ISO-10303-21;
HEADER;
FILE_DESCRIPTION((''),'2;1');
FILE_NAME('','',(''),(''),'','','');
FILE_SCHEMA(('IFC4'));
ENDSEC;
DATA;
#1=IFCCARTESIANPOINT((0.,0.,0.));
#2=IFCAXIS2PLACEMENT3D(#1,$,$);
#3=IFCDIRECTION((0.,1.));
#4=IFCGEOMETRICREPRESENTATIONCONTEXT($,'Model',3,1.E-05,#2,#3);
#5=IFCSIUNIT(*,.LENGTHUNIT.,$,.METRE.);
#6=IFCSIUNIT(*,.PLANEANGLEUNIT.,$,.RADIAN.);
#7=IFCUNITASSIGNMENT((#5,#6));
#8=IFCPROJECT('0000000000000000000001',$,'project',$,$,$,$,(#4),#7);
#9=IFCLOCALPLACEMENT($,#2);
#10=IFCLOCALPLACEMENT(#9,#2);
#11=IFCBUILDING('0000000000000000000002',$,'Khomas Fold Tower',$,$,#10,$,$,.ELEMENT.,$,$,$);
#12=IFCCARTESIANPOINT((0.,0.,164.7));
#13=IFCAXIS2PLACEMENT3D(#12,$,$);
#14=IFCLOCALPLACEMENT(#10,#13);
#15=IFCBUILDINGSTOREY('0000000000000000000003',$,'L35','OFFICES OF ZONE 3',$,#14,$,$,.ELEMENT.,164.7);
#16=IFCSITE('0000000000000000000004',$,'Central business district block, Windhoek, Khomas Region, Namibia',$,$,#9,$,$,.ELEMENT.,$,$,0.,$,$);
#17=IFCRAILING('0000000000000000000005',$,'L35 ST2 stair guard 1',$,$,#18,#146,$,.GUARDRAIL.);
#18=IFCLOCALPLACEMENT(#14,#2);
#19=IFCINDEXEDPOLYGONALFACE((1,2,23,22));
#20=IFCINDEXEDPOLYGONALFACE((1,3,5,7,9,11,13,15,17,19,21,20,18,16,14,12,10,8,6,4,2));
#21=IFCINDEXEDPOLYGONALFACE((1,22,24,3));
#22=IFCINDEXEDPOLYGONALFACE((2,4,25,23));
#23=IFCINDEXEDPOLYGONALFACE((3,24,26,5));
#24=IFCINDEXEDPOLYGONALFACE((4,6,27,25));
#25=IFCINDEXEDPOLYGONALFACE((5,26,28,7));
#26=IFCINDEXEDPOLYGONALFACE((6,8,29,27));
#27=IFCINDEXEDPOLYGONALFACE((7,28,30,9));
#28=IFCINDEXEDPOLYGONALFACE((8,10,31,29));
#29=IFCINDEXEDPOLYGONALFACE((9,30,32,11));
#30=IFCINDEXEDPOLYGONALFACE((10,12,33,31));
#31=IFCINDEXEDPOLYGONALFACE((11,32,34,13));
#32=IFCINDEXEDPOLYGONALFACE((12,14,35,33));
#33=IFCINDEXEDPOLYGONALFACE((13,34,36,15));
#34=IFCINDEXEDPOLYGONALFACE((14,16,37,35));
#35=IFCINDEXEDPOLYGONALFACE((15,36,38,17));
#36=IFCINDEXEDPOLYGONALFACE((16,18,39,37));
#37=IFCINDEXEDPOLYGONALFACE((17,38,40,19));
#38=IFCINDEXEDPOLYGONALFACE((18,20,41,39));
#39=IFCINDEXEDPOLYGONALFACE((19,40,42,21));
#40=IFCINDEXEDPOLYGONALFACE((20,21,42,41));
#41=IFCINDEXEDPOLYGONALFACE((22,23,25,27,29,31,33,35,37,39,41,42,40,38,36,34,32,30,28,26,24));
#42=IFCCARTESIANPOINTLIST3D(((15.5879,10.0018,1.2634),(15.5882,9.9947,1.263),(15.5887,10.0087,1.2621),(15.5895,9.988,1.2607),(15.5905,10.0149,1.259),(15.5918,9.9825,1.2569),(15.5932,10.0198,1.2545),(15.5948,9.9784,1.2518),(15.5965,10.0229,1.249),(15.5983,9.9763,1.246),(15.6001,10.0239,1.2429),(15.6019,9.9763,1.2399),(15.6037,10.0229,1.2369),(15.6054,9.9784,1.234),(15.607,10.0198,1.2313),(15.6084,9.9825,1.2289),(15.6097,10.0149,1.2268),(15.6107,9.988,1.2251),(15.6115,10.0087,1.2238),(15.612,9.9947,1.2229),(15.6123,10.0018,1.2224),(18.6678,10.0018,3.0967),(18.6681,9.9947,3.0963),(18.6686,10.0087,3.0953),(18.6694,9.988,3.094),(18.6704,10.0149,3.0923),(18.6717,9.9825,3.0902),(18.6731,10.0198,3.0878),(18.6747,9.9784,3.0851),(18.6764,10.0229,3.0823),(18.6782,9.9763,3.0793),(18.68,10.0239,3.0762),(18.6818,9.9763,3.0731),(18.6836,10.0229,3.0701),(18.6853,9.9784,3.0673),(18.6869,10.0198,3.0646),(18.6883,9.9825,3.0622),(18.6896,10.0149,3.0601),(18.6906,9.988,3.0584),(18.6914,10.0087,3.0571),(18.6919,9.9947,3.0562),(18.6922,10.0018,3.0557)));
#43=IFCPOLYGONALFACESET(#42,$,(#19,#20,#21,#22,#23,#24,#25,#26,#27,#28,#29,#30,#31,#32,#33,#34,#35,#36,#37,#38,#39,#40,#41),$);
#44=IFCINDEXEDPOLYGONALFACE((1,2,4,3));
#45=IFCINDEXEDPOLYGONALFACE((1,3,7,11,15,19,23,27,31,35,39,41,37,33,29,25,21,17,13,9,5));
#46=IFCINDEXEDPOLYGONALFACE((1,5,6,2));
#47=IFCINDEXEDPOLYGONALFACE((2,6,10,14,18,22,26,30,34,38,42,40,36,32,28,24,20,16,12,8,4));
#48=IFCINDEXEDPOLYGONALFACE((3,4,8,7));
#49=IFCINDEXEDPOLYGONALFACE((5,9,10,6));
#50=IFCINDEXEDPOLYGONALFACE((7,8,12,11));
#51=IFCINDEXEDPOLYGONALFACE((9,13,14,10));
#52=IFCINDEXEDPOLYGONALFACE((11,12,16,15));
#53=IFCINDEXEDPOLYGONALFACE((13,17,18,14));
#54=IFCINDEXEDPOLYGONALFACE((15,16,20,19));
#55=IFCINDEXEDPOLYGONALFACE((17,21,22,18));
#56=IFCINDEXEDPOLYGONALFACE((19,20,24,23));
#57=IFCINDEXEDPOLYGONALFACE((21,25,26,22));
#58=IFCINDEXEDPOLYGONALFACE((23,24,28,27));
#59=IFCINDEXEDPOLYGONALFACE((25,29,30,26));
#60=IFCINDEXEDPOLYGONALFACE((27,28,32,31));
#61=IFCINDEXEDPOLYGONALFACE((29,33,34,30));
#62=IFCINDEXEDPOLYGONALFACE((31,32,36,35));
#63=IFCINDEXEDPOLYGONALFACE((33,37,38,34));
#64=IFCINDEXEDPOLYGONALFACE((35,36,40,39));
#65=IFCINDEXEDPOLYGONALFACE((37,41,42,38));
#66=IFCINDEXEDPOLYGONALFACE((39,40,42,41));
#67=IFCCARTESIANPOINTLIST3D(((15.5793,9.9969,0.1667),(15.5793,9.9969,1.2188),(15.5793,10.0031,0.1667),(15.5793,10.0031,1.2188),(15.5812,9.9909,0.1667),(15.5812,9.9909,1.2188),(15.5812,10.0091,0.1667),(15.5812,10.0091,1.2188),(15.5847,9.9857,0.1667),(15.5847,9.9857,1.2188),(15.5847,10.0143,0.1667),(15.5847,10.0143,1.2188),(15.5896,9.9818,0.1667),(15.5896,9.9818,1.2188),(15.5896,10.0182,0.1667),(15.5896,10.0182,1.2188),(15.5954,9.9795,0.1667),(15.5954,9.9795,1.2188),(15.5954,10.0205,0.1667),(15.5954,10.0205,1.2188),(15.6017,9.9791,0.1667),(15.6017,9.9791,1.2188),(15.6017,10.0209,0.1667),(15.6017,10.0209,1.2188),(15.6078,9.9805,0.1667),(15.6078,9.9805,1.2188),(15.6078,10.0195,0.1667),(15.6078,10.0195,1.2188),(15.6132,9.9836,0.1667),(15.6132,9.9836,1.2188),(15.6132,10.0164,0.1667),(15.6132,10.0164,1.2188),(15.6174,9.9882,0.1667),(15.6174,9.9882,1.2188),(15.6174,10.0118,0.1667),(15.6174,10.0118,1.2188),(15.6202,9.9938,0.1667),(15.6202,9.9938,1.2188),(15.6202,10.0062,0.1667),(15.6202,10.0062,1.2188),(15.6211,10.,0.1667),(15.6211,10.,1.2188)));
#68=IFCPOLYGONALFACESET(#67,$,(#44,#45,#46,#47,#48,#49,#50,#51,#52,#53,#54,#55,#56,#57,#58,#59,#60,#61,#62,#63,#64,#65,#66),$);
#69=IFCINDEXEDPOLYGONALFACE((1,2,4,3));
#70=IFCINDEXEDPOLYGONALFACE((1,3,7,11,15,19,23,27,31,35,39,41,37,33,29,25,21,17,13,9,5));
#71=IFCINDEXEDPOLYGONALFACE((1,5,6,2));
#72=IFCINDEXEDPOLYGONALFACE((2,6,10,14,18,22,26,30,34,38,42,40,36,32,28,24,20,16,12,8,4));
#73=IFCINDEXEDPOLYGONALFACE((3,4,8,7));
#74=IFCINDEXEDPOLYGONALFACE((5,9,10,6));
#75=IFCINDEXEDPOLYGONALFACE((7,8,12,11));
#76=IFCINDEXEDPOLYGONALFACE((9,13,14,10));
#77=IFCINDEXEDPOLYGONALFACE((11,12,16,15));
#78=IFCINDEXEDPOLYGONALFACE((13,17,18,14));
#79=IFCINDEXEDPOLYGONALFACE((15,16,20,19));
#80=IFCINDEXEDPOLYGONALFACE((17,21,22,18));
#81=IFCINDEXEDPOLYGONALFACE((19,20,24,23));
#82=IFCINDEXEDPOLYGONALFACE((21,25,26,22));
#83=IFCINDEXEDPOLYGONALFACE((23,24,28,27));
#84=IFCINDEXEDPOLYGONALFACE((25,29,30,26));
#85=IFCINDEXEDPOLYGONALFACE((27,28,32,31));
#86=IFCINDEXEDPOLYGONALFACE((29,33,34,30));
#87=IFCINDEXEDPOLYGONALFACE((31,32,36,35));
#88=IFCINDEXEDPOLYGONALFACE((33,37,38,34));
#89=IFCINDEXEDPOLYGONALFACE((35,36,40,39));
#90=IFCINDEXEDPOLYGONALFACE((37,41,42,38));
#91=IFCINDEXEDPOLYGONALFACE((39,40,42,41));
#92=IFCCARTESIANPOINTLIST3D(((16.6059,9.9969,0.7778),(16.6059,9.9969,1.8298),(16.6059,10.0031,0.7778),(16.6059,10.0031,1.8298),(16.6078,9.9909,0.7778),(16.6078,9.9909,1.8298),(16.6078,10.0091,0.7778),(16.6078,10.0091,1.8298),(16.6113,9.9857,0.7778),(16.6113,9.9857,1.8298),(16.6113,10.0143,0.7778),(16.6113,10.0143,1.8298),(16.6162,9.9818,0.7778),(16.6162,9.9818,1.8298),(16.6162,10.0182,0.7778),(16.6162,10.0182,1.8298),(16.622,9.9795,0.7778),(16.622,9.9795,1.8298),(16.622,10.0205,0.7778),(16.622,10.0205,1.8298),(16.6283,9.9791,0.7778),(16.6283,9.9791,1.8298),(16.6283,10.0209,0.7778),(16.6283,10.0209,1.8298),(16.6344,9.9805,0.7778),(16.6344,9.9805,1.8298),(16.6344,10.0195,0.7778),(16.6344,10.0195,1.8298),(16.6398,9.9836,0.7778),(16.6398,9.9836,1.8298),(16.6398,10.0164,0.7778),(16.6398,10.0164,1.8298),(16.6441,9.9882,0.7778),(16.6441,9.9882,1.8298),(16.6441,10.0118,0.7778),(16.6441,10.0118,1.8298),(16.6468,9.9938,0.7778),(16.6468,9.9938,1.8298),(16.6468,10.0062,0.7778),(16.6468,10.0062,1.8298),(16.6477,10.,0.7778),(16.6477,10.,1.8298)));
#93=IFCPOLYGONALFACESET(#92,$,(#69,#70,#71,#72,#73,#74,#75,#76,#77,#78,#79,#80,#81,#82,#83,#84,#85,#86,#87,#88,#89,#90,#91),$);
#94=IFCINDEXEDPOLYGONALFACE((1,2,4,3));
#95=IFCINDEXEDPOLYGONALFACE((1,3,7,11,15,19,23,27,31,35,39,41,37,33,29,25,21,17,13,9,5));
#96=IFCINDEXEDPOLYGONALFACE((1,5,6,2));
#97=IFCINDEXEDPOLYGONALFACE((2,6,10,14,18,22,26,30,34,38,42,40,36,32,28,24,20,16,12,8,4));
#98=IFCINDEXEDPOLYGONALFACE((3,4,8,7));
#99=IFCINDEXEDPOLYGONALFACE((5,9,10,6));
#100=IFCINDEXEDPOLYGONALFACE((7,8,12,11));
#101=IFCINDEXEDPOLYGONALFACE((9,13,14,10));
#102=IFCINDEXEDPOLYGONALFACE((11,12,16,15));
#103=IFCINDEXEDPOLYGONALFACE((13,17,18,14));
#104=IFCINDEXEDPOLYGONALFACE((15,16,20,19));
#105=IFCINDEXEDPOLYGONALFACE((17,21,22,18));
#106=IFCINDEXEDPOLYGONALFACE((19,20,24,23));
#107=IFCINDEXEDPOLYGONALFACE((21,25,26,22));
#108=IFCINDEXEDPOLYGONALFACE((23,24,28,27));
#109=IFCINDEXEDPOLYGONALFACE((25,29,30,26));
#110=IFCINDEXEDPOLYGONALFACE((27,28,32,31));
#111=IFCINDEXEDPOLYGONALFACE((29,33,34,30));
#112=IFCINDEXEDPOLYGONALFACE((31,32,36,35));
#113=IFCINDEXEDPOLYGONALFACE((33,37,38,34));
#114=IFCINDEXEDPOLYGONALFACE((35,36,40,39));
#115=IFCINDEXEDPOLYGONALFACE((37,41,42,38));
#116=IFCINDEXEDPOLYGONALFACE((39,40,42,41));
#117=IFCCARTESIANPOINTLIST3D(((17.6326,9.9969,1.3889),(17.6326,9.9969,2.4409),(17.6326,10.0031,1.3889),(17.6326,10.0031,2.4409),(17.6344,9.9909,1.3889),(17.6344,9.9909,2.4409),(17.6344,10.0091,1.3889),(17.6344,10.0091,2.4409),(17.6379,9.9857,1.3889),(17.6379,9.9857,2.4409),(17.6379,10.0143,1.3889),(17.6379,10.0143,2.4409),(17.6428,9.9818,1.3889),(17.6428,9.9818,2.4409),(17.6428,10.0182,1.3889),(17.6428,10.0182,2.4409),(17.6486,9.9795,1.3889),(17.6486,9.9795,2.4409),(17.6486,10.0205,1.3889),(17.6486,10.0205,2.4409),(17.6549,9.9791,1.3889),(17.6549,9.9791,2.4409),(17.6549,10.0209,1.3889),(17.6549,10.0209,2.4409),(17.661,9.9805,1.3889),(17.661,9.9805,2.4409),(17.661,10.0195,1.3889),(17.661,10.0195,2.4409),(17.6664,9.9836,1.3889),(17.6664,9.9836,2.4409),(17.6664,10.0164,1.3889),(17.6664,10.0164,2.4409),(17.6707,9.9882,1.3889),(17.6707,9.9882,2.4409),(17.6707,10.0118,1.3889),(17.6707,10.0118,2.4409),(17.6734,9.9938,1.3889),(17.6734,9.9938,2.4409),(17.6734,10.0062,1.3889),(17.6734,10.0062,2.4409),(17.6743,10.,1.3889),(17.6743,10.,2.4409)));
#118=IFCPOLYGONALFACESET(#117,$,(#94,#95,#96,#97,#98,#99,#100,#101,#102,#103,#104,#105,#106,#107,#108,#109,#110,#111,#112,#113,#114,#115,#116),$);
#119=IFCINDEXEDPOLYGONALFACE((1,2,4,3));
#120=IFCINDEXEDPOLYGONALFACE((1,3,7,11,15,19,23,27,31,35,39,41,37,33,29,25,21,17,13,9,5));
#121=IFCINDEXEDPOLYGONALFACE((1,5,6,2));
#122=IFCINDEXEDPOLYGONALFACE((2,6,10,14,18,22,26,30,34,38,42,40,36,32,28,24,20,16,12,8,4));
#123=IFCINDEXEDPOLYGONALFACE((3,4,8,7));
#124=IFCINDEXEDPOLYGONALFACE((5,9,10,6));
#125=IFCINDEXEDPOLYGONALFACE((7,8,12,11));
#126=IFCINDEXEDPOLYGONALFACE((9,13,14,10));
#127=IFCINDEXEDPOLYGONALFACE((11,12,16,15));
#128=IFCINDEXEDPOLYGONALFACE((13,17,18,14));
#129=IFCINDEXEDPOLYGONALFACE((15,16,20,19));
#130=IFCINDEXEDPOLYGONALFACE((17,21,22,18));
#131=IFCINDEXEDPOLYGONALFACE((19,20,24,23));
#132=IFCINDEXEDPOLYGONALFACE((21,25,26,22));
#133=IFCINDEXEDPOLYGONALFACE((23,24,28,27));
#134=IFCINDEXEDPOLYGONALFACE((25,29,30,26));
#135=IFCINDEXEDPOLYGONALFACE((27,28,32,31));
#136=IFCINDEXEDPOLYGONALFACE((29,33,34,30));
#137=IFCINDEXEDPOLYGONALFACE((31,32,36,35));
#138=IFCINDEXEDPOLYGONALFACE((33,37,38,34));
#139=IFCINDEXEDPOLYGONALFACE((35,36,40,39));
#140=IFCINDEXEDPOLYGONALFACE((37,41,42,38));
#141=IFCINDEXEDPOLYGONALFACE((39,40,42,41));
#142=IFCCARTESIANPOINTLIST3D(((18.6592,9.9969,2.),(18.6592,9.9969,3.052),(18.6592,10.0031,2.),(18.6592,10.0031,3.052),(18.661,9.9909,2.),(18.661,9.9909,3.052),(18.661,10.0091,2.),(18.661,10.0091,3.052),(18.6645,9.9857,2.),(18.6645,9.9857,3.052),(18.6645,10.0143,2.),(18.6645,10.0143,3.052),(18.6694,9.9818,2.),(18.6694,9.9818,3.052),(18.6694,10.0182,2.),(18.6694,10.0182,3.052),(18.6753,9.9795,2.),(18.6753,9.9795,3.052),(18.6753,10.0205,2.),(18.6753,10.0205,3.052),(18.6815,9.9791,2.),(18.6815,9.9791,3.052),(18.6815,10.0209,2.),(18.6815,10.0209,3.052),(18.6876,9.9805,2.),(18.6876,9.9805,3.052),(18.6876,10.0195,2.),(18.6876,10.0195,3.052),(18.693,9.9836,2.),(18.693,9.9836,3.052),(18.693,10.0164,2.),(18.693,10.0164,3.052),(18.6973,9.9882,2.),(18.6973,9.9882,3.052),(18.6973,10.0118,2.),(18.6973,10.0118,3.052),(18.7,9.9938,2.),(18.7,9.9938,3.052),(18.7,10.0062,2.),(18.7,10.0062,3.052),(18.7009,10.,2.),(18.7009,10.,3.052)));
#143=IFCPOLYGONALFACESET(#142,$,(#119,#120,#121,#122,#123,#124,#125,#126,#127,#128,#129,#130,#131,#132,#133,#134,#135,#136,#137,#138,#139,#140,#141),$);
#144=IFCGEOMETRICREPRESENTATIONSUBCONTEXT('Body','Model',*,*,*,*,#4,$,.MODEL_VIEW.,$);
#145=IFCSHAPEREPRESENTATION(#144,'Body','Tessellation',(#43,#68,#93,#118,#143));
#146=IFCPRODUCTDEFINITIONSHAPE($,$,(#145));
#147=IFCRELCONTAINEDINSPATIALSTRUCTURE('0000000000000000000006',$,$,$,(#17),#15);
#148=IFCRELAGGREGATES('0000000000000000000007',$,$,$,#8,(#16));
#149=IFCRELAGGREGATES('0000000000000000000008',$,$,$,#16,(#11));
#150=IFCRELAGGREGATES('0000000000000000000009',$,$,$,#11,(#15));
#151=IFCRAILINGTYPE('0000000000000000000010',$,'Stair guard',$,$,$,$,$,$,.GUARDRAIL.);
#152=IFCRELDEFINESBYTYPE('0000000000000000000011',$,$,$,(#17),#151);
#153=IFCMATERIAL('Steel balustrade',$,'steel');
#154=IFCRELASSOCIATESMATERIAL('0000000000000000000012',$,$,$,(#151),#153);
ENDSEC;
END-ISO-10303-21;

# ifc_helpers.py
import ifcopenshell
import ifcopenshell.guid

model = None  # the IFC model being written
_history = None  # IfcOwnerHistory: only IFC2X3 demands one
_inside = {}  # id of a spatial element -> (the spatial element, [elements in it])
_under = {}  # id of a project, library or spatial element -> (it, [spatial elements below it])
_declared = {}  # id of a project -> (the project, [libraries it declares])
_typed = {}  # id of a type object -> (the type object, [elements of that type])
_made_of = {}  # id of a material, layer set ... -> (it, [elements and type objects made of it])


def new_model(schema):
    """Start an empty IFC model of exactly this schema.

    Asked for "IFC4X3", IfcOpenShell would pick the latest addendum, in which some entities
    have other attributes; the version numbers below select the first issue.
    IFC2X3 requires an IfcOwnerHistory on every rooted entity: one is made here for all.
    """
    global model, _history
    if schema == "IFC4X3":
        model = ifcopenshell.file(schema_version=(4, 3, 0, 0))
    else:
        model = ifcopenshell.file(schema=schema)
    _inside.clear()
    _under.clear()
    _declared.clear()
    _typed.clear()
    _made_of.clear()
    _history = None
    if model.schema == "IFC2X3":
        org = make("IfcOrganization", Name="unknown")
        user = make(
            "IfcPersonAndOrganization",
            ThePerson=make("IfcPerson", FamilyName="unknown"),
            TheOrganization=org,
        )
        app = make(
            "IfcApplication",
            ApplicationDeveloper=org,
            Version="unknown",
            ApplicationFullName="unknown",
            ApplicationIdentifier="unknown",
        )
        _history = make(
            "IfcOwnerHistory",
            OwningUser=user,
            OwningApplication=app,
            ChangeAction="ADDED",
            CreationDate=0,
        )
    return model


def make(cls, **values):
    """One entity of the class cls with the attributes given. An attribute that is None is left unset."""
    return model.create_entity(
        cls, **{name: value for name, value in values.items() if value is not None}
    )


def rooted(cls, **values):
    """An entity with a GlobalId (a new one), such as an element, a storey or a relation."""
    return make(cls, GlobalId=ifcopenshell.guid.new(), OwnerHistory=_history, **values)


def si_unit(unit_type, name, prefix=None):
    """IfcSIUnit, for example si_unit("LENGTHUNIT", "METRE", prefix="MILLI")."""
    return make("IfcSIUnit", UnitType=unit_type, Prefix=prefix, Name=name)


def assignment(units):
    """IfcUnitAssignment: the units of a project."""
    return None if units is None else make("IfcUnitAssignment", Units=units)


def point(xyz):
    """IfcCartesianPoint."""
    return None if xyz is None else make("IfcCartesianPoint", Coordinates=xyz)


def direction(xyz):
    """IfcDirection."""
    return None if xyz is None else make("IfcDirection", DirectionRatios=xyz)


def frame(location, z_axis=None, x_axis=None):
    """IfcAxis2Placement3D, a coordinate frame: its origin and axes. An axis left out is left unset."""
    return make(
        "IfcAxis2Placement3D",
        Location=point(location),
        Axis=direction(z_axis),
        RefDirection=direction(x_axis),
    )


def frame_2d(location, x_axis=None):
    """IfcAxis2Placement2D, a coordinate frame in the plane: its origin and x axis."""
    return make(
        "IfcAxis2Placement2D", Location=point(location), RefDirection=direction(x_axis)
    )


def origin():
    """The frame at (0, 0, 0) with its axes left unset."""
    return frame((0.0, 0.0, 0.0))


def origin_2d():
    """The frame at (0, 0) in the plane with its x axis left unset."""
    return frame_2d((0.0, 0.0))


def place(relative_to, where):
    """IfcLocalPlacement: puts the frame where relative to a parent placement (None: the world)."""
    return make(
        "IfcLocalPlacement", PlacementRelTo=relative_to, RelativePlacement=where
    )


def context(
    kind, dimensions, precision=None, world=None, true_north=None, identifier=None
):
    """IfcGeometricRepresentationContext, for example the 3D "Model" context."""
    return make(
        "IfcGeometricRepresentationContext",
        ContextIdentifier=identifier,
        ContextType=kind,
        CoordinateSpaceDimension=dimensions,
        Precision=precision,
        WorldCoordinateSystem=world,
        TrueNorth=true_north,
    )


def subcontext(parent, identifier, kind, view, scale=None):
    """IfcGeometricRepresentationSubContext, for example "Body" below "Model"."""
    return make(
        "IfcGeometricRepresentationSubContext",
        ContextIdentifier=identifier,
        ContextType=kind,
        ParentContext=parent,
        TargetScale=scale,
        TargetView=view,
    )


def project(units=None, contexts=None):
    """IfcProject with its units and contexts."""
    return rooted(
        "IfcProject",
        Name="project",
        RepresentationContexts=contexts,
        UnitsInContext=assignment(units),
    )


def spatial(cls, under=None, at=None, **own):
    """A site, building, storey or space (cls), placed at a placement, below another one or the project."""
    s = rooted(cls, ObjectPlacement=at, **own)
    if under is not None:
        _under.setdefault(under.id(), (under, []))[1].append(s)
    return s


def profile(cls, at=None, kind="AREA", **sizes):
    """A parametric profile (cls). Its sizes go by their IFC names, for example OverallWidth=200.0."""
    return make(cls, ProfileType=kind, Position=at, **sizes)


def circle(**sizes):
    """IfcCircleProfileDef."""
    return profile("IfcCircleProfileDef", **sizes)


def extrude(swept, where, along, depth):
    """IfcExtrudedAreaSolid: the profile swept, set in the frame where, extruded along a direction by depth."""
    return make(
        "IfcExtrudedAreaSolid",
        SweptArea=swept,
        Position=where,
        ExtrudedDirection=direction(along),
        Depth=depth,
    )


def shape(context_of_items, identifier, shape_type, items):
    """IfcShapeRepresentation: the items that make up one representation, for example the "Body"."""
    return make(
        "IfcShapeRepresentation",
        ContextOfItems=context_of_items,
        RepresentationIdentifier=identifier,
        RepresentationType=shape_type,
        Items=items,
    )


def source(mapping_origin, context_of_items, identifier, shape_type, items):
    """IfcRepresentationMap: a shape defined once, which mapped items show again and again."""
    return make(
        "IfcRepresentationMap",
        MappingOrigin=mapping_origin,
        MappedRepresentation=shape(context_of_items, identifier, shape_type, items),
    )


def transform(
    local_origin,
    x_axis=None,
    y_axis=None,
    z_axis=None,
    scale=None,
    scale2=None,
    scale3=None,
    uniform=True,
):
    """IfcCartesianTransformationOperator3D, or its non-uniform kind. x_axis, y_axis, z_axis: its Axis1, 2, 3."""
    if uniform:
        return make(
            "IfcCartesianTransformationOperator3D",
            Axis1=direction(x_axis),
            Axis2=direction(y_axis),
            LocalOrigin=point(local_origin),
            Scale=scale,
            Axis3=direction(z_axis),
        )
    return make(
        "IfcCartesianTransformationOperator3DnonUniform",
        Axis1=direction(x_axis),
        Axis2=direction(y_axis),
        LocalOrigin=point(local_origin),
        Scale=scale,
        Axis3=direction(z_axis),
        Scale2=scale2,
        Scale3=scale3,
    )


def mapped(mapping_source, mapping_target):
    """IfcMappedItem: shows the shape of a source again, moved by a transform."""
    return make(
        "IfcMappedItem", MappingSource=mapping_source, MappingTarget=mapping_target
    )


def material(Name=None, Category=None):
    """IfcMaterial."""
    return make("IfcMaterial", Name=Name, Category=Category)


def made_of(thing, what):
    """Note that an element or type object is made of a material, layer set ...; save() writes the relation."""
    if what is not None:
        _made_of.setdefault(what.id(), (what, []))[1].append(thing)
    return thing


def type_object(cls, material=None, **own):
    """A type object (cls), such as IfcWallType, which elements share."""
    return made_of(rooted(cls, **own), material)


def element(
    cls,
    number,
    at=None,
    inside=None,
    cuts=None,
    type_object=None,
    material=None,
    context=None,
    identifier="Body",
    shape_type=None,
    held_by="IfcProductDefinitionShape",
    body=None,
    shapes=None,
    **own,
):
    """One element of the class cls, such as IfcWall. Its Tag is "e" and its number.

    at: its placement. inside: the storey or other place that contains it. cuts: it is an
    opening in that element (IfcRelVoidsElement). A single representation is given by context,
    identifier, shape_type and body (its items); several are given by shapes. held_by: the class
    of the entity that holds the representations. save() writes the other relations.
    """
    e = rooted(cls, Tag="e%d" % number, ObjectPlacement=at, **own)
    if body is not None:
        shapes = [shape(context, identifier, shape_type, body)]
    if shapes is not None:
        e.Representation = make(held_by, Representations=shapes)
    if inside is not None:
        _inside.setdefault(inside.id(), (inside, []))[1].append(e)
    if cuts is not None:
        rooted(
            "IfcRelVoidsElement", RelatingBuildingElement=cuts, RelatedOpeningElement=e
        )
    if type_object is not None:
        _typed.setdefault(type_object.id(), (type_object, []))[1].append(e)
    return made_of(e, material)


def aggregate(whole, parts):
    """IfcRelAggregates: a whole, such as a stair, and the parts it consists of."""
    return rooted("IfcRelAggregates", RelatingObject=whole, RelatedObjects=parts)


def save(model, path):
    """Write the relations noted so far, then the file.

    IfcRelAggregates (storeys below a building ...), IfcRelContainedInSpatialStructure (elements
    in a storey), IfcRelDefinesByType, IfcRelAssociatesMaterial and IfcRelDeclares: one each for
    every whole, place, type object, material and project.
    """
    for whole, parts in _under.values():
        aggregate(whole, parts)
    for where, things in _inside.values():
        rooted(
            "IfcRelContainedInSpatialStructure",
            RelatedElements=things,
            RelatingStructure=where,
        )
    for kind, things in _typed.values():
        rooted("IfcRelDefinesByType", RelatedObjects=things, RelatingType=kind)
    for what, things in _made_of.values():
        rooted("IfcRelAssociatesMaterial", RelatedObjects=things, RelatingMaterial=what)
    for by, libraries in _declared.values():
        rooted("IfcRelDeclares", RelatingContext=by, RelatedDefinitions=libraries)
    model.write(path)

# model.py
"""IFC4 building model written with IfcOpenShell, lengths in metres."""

from ifc_helpers import new_model, si_unit, direction, frame, origin, origin_2d, place, context, subcontext, project, spatial, circle, extrude, source, transform, mapped, material, type_object, element, save


model = new_model("IFC4")

# Units and contexts
model_context = context("Model", 3, precision=1e-05, world=origin(), true_north=direction((0.0, 1.0)))
body_context = subcontext(model_context, "Body", "Model", "MODEL_VIEW")
ifc_project = project(units=[si_unit("LENGTHUNIT", "METRE"), si_unit("PLANEANGLEUNIT", "RADIAN")], contexts=[model_context])

# Site, building, storey
site_placement = place(None, origin())
site = spatial("IfcSite", under=ifc_project, at=site_placement, Name="Central business district block, Windhoek, Khomas Region, Namibia", CompositionType="ELEMENT", RefElevation=0.0)
building_placement = place(site_placement, origin())
building = spatial("IfcBuilding", under=site, at=building_placement, Name="Khomas Fold Tower", CompositionType="ELEMENT")
storey_placement = place(building_placement, frame((0.0, 0.0, 164.7)))
storey = spatial("IfcBuildingStorey", under=building, at=storey_placement, Name="L35", Description="OFFICES OF ZONE 3", CompositionType="ELEMENT", Elevation=164.7)

# Railing
ifc_material_1 = material(Name="Steel balustrade", Category="steel")
railing_type_1 = type_object("IfcRailingType", Name="Stair guard", PredefinedType="GUARDRAIL", material=ifc_material_1)
shared_shape_1 = source(origin(), body_context, "Body", "SweptSolid", [
    extrude(circle(Radius=0.0239, at=origin_2d()), frame((0.0, 0.0, 1.0762), z_axis=(0.859291, 0.0, 0.511487), x_axis=(0.0, 1.0, 0.0)), (0.0, 0.0, 1.0), 3.5842),
    extrude(circle(Radius=0.021, at=origin_2d()), origin(), (0.0, 0.0, 1.0), 1.052),
    extrude(circle(Radius=0.021, at=origin_2d()), frame((1.0266, 0.0, 0.6111)), (0.0, 0.0, 1.0), 1.052),
    extrude(circle(Radius=0.021, at=origin_2d()), frame((2.0532, 0.0, 1.2222)), (0.0, 0.0, 1.0), 1.052),
    extrude(circle(Radius=0.021, at=origin_2d()), frame((3.0798, 0.0, 1.8333)), (0.0, 0.0, 1.0), 1.052),
])
railing_1_placement = place(storey_placement, frame((15.6001, 10.0, 0.1667)))
element("IfcRailing", 1, at=railing_1_placement, inside=storey, type_object=railing_type_1, Name="L35 ST2 stair guard 1", PredefinedType="GUARDRAIL", context=body_context, shape_type="MappedRepresentation", body=[
    mapped(shared_shape_1, transform((0.0, 0.0, 0.0))),
])

save(model, "model.ifc")
